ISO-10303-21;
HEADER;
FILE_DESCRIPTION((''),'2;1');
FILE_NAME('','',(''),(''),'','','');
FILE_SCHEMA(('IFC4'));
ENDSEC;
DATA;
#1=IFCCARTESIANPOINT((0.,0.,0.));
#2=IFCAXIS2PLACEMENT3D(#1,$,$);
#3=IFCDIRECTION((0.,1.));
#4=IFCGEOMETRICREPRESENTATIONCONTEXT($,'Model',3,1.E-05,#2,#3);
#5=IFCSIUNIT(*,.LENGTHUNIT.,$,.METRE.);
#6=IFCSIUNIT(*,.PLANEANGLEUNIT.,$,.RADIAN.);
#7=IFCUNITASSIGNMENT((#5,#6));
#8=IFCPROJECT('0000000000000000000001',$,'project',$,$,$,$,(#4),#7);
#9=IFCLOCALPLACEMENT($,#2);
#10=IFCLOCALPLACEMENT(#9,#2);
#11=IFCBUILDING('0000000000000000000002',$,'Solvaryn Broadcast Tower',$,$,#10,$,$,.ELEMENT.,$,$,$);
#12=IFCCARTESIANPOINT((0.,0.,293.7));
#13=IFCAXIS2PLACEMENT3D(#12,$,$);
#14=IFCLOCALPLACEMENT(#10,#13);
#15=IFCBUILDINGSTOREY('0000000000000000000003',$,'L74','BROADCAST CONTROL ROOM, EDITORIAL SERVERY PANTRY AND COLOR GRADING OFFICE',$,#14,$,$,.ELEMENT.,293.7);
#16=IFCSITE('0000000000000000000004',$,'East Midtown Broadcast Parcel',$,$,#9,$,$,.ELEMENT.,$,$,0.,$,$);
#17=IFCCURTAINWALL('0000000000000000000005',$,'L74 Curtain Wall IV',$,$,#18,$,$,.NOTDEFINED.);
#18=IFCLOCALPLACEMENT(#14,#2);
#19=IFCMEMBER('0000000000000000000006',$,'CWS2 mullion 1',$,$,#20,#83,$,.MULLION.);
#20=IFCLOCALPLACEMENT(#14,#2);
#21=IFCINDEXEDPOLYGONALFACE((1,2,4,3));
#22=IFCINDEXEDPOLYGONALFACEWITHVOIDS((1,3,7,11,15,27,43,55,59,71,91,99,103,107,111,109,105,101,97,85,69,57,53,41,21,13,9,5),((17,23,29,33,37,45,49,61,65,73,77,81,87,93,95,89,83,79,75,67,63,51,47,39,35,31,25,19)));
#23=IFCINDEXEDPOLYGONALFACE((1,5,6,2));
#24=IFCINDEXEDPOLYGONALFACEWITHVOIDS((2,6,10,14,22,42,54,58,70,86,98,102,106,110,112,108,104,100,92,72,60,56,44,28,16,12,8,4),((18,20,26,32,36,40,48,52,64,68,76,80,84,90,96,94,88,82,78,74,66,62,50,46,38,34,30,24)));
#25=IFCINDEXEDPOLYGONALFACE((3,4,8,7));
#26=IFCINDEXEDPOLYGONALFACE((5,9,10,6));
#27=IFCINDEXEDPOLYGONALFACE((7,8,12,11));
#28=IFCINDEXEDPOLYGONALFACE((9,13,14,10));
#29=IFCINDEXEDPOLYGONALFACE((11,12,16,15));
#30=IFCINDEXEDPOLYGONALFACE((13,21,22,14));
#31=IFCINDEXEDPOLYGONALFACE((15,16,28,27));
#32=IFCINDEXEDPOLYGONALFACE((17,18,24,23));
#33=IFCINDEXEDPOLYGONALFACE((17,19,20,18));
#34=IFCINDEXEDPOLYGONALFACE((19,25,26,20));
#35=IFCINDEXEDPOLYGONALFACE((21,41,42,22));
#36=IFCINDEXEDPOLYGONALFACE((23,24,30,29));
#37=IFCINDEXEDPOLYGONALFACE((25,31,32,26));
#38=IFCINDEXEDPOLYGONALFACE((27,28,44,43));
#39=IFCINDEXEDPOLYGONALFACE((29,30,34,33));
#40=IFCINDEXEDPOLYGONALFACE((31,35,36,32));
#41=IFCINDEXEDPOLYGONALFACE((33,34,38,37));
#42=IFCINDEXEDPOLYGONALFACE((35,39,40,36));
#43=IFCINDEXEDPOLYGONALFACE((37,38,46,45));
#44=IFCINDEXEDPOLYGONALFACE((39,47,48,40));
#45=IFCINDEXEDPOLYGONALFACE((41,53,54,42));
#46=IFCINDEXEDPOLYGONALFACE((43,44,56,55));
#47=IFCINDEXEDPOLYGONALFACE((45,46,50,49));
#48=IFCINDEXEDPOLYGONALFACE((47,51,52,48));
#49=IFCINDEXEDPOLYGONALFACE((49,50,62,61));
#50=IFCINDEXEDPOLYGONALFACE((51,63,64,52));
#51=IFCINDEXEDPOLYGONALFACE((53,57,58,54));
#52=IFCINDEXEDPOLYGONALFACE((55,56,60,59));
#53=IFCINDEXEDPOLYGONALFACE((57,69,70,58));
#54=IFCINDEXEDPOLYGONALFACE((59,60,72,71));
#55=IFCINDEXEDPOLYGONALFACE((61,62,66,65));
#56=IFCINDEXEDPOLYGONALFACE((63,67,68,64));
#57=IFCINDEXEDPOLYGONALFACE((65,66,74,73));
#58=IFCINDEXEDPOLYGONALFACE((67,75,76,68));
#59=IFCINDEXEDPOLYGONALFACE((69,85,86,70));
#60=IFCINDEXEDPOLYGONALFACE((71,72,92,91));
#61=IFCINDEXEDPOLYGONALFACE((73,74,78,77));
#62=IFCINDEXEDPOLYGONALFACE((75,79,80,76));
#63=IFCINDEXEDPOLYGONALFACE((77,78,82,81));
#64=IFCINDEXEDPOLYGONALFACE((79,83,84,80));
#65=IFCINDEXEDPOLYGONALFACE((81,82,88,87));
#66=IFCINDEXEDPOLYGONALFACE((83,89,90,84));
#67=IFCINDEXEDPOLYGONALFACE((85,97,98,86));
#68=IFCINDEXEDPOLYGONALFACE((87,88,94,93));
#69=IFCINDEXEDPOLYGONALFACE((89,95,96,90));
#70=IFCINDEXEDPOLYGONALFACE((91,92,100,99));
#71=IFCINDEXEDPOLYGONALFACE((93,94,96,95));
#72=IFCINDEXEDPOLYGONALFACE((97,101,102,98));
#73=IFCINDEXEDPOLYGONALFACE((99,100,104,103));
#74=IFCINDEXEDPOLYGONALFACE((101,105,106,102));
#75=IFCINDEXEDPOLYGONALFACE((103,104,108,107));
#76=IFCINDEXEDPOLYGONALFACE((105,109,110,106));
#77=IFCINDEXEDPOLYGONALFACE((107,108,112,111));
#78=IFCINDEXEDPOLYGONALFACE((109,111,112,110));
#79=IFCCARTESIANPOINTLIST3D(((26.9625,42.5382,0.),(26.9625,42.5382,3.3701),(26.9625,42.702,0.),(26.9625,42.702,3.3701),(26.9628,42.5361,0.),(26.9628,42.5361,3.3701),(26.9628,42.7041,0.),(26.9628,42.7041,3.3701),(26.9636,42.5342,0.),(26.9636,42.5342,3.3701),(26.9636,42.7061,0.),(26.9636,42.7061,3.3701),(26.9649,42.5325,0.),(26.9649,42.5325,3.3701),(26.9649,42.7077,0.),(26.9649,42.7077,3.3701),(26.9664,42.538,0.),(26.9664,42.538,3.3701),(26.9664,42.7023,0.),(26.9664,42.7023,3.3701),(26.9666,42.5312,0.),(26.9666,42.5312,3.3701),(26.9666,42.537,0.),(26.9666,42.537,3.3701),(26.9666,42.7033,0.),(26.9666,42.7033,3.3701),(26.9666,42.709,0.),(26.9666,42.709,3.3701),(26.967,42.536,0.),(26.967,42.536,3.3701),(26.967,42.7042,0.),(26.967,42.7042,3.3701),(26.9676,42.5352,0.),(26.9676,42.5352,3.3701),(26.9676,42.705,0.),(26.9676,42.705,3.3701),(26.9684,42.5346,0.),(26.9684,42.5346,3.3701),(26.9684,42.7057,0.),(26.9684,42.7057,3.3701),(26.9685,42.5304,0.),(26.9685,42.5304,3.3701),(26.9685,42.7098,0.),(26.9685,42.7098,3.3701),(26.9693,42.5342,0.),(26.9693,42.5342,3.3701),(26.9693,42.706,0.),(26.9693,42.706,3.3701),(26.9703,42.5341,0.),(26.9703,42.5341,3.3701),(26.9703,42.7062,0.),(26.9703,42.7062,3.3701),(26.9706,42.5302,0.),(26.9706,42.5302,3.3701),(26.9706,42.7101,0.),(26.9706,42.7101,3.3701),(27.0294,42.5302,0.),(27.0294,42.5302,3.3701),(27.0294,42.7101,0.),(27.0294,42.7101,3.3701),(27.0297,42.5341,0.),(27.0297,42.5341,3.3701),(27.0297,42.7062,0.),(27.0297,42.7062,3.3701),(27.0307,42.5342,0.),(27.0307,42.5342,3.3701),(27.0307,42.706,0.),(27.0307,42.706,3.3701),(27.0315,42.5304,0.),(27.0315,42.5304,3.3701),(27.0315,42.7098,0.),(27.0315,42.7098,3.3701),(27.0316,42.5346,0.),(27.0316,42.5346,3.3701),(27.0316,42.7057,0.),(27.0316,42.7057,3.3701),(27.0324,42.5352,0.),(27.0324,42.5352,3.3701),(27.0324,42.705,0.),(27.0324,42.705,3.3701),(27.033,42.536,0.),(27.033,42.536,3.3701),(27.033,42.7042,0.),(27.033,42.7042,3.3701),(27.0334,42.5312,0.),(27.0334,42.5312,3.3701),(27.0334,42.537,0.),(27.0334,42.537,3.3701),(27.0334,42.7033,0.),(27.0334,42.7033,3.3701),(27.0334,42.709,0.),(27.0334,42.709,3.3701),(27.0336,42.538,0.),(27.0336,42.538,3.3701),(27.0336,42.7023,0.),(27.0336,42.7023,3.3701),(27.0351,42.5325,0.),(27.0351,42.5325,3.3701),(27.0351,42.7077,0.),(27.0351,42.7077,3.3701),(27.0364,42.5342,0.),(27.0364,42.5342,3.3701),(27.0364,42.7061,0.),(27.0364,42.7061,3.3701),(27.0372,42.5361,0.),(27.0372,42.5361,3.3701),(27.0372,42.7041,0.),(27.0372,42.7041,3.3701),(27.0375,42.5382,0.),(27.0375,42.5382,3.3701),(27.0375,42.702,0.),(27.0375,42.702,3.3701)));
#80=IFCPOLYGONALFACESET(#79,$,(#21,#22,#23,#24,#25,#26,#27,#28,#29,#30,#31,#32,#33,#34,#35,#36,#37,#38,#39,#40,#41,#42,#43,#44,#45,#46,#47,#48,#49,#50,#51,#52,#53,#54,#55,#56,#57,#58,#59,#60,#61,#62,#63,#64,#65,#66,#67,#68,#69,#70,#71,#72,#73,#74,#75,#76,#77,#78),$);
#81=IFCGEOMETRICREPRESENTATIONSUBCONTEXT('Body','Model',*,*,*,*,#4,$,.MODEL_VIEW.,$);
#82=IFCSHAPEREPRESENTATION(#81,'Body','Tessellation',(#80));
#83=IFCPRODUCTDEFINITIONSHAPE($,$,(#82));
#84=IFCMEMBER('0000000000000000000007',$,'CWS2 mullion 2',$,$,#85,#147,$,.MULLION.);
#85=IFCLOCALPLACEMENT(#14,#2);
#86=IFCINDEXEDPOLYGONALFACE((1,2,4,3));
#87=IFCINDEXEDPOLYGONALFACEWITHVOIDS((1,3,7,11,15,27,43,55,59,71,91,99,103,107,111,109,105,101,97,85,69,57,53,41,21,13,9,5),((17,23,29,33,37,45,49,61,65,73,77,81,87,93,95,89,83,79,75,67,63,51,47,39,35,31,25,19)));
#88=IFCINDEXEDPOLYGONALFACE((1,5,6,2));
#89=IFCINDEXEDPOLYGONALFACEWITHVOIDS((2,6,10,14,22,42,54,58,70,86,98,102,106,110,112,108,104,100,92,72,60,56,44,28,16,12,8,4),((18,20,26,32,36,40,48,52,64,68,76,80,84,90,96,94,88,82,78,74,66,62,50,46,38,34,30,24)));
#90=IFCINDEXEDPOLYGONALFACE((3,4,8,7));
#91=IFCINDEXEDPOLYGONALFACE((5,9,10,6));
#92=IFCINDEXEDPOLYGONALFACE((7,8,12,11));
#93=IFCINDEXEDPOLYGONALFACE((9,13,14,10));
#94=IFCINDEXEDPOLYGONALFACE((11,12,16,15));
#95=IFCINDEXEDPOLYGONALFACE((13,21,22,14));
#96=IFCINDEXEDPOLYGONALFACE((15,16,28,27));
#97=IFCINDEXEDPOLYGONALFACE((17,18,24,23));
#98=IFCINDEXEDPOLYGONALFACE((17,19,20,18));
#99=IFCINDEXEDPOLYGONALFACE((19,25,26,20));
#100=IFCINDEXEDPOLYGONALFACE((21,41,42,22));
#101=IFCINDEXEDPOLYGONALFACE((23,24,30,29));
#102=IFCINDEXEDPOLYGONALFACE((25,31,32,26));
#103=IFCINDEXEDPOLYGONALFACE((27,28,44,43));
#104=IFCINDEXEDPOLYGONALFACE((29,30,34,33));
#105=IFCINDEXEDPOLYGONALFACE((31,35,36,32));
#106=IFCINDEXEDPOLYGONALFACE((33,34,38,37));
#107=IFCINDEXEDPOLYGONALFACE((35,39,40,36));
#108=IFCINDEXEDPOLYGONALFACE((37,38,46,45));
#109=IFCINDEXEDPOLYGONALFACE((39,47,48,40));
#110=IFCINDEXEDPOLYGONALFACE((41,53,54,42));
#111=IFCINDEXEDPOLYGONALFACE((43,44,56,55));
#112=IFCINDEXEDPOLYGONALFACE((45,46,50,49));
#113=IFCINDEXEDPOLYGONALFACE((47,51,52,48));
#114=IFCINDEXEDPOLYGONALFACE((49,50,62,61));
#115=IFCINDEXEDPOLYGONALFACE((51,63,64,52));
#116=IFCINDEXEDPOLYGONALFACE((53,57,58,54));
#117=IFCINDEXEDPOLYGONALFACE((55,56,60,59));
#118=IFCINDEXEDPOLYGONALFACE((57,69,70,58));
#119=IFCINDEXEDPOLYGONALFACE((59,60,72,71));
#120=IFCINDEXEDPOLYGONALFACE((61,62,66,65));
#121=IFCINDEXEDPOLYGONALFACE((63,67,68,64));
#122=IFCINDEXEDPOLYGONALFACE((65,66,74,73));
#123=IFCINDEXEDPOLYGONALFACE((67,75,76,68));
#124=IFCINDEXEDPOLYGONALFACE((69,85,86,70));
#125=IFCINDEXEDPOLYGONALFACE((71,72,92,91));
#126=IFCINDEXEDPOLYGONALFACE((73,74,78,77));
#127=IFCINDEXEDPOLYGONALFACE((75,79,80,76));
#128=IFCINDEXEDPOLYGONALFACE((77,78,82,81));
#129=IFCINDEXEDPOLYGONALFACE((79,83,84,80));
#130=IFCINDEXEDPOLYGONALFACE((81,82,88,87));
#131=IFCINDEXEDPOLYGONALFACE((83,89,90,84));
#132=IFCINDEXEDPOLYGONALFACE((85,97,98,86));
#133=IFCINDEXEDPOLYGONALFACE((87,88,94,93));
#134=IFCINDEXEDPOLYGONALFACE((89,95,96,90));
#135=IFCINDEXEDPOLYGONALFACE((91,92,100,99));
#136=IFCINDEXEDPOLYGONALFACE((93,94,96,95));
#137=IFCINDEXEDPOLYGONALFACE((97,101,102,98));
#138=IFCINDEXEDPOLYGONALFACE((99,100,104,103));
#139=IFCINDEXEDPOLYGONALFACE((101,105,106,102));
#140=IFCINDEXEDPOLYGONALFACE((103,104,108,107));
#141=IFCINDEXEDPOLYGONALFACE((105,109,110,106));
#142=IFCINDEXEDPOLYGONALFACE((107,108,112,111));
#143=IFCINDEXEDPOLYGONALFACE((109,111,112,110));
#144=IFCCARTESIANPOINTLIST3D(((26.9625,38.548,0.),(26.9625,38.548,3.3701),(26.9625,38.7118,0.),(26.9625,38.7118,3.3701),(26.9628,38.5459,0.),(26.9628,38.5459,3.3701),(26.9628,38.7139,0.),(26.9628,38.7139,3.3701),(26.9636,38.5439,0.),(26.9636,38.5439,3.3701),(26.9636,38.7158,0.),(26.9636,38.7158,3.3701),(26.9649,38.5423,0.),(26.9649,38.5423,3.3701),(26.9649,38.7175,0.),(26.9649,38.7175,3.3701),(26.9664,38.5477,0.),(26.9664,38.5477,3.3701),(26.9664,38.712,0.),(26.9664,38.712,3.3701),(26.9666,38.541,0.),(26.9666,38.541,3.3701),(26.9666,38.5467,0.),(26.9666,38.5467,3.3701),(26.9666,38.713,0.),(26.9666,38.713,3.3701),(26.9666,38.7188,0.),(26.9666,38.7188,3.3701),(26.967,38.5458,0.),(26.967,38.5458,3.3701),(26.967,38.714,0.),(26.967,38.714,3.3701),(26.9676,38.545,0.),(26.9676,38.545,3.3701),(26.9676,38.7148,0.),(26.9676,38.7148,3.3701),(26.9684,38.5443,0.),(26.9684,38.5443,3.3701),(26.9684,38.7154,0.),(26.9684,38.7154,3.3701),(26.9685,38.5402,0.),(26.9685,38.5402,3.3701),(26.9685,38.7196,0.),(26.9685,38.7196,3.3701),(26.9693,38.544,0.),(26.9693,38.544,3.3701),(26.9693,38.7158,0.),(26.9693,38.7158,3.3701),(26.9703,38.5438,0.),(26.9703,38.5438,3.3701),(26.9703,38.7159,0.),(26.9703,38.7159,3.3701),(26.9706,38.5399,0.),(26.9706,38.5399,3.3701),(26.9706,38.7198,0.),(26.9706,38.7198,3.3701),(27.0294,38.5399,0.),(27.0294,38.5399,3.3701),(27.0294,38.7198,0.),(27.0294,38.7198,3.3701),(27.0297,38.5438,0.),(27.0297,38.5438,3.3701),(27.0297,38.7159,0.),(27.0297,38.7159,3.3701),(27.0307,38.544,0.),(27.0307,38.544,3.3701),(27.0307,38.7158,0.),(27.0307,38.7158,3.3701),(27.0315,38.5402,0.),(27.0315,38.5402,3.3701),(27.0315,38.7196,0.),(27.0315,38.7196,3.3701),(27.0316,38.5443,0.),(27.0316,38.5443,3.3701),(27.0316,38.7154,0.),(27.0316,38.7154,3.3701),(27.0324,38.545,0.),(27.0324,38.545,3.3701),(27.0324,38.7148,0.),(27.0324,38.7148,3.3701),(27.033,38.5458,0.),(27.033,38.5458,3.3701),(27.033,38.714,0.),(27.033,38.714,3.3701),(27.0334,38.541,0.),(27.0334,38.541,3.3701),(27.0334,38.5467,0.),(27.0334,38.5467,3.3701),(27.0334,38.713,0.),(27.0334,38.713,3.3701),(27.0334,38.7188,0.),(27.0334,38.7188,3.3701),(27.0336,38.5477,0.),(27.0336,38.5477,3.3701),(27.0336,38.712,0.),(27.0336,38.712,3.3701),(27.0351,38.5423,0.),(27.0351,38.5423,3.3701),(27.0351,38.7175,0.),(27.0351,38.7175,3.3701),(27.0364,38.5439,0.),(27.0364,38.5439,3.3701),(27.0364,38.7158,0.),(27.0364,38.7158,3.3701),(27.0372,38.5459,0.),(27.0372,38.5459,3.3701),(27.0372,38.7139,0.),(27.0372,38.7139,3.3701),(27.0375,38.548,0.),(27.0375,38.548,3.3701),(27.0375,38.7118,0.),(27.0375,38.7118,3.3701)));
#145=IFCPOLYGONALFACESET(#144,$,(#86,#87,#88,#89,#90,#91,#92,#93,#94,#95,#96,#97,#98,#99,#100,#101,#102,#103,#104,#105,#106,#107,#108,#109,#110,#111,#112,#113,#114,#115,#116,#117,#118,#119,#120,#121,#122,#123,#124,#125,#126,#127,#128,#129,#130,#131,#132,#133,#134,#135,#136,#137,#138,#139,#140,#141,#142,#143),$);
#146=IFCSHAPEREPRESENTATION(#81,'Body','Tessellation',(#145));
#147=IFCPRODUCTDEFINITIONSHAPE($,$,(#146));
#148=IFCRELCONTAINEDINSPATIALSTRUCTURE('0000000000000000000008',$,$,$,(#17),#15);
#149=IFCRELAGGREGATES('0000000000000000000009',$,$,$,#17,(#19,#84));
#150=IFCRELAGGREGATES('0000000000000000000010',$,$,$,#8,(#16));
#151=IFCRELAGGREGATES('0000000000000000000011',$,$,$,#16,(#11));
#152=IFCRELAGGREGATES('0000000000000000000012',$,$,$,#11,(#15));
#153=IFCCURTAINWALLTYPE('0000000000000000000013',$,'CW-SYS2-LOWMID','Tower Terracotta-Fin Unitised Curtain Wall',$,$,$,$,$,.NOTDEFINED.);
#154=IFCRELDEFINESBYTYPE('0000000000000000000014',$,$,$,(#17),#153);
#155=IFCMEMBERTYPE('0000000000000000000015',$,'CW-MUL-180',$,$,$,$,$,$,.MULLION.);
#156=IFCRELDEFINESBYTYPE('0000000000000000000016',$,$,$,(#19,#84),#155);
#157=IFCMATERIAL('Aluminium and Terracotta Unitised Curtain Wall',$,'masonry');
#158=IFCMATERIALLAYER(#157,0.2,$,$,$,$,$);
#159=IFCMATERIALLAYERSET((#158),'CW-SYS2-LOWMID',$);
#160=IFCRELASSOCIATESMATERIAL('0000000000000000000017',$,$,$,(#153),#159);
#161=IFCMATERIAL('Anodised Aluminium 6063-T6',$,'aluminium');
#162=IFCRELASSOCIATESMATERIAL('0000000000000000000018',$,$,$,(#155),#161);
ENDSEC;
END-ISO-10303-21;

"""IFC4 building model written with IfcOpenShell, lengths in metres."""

from ifc_helpers import new_model, si_unit, direction, frame, origin, origin_2d, place, context, subcontext, project, spatial, hollow_rectangle, extrude, material, layer, layer_set, material_profile, profile_set, type_object, element, aggregate, save


model = new_model("IFC4")

# Units and contexts
model_context = context("Model", 3, precision=1e-05, world=origin(), true_north=direction((0.0, 1.0)))
body_context = subcontext(model_context, "Body", "Model", "MODEL_VIEW")
ifc_project = project(units=[si_unit("LENGTHUNIT", "METRE"), si_unit("PLANEANGLEUNIT", "RADIAN")], contexts=[model_context])

# Site, building, storey
site_placement = place(None, origin())
site = spatial("IfcSite", under=ifc_project, at=site_placement, Name="East Midtown Broadcast Parcel", CompositionType="ELEMENT", RefElevation=0.0)
building_placement = place(site_placement, origin())
building = spatial("IfcBuilding", under=site, at=building_placement, Name="Solvaryn Broadcast Tower", CompositionType="ELEMENT")
storey_placement = place(building_placement, frame((0.0, 0.0, 293.7)))
storey = spatial("IfcBuildingStorey", under=building, at=storey_placement, Name="L74", Description="BROADCAST CONTROL ROOM, EDITORIAL SERVERY PANTRY AND COLOR GRADING OFFICE", CompositionType="ELEMENT", Elevation=293.7)

# Curtain wall, members
ifc_material_1 = material(Name="Aluminium and Terracotta Unitised Curtain Wall", Category="masonry")
ifc_layer_1 = layer(ifc_material_1, 0.2)
ifc_layer_set_1 = layer_set([ifc_layer_1], Name="CW-SYS2-LOWMID")
curtain_wall_type = type_object("IfcCurtainWallType", Name="CW-SYS2-LOWMID", Description="Tower Terracotta-Fin Unitised Curtain Wall", PredefinedType="NOTDEFINED", material=ifc_layer_set_1)
curtain_wall_1_placement = place(storey_placement, origin())
curtain_wall_1 = element("IfcCurtainWall", 1, at=curtain_wall_1_placement, inside=storey, type_object=curtain_wall_type, Name="L74 Curtain Wall IV", PredefinedType="NOTDEFINED")
ifc_material_2 = material(Name="Anodised Aluminium 6063-T6", Category="aluminium")
ifc_material_profile_1 = material_profile(ifc_material_2, hollow_rectangle(XDim=0.075, YDim=0.1799, WallThickness=0.0039, InnerFilletRadius=0.0039, OuterFilletRadius=0.0081, at=origin_2d()))
ifc_profile_set_1 = profile_set([ifc_material_profile_1], Name="Anodised Aluminium 6063-T6")
member_type_1 = type_object("IfcMemberType", Name="CW-MUL-180", PredefinedType="MULLION", material=ifc_profile_set_1)
member_1_placement = place(storey_placement, frame((27.0, 42.6201, 0.0), z_axis=(0.0, 0.0, 1.0), x_axis=(1.0, 0.0, 0.0)))
member_1 = element("IfcMember", 2, at=member_1_placement, type_object=member_type_1, Name="CWS2 mullion 1", PredefinedType="MULLION", context=body_context, shape_type="SweptSolid", body=[
    extrude(hollow_rectangle(XDim=0.075, YDim=0.1799, WallThickness=0.0039, InnerFilletRadius=0.0039, OuterFilletRadius=0.0081, at=origin_2d()), origin(), (0.0, 0.0, 1.0), 3.3701),
])
member_2_placement = place(storey_placement, frame((27.0, 38.6299, 0.0), z_axis=(0.0, 0.0, 1.0), x_axis=(1.0, 0.0, 0.0)))
member_2 = element("IfcMember", 3, at=member_2_placement, type_object=member_type_1, Name="CWS2 mullion 2", PredefinedType="MULLION", context=body_context, shape_type="SweptSolid", body=[
    extrude(hollow_rectangle(XDim=0.075, YDim=0.1799, WallThickness=0.0039, InnerFilletRadius=0.0039, OuterFilletRadius=0.0081, at=origin_2d()), origin(), (0.0, 0.0, 1.0), 3.3701),
])

aggregate(curtain_wall_1, [member_1, member_2])

save(model, "model.ifc")
